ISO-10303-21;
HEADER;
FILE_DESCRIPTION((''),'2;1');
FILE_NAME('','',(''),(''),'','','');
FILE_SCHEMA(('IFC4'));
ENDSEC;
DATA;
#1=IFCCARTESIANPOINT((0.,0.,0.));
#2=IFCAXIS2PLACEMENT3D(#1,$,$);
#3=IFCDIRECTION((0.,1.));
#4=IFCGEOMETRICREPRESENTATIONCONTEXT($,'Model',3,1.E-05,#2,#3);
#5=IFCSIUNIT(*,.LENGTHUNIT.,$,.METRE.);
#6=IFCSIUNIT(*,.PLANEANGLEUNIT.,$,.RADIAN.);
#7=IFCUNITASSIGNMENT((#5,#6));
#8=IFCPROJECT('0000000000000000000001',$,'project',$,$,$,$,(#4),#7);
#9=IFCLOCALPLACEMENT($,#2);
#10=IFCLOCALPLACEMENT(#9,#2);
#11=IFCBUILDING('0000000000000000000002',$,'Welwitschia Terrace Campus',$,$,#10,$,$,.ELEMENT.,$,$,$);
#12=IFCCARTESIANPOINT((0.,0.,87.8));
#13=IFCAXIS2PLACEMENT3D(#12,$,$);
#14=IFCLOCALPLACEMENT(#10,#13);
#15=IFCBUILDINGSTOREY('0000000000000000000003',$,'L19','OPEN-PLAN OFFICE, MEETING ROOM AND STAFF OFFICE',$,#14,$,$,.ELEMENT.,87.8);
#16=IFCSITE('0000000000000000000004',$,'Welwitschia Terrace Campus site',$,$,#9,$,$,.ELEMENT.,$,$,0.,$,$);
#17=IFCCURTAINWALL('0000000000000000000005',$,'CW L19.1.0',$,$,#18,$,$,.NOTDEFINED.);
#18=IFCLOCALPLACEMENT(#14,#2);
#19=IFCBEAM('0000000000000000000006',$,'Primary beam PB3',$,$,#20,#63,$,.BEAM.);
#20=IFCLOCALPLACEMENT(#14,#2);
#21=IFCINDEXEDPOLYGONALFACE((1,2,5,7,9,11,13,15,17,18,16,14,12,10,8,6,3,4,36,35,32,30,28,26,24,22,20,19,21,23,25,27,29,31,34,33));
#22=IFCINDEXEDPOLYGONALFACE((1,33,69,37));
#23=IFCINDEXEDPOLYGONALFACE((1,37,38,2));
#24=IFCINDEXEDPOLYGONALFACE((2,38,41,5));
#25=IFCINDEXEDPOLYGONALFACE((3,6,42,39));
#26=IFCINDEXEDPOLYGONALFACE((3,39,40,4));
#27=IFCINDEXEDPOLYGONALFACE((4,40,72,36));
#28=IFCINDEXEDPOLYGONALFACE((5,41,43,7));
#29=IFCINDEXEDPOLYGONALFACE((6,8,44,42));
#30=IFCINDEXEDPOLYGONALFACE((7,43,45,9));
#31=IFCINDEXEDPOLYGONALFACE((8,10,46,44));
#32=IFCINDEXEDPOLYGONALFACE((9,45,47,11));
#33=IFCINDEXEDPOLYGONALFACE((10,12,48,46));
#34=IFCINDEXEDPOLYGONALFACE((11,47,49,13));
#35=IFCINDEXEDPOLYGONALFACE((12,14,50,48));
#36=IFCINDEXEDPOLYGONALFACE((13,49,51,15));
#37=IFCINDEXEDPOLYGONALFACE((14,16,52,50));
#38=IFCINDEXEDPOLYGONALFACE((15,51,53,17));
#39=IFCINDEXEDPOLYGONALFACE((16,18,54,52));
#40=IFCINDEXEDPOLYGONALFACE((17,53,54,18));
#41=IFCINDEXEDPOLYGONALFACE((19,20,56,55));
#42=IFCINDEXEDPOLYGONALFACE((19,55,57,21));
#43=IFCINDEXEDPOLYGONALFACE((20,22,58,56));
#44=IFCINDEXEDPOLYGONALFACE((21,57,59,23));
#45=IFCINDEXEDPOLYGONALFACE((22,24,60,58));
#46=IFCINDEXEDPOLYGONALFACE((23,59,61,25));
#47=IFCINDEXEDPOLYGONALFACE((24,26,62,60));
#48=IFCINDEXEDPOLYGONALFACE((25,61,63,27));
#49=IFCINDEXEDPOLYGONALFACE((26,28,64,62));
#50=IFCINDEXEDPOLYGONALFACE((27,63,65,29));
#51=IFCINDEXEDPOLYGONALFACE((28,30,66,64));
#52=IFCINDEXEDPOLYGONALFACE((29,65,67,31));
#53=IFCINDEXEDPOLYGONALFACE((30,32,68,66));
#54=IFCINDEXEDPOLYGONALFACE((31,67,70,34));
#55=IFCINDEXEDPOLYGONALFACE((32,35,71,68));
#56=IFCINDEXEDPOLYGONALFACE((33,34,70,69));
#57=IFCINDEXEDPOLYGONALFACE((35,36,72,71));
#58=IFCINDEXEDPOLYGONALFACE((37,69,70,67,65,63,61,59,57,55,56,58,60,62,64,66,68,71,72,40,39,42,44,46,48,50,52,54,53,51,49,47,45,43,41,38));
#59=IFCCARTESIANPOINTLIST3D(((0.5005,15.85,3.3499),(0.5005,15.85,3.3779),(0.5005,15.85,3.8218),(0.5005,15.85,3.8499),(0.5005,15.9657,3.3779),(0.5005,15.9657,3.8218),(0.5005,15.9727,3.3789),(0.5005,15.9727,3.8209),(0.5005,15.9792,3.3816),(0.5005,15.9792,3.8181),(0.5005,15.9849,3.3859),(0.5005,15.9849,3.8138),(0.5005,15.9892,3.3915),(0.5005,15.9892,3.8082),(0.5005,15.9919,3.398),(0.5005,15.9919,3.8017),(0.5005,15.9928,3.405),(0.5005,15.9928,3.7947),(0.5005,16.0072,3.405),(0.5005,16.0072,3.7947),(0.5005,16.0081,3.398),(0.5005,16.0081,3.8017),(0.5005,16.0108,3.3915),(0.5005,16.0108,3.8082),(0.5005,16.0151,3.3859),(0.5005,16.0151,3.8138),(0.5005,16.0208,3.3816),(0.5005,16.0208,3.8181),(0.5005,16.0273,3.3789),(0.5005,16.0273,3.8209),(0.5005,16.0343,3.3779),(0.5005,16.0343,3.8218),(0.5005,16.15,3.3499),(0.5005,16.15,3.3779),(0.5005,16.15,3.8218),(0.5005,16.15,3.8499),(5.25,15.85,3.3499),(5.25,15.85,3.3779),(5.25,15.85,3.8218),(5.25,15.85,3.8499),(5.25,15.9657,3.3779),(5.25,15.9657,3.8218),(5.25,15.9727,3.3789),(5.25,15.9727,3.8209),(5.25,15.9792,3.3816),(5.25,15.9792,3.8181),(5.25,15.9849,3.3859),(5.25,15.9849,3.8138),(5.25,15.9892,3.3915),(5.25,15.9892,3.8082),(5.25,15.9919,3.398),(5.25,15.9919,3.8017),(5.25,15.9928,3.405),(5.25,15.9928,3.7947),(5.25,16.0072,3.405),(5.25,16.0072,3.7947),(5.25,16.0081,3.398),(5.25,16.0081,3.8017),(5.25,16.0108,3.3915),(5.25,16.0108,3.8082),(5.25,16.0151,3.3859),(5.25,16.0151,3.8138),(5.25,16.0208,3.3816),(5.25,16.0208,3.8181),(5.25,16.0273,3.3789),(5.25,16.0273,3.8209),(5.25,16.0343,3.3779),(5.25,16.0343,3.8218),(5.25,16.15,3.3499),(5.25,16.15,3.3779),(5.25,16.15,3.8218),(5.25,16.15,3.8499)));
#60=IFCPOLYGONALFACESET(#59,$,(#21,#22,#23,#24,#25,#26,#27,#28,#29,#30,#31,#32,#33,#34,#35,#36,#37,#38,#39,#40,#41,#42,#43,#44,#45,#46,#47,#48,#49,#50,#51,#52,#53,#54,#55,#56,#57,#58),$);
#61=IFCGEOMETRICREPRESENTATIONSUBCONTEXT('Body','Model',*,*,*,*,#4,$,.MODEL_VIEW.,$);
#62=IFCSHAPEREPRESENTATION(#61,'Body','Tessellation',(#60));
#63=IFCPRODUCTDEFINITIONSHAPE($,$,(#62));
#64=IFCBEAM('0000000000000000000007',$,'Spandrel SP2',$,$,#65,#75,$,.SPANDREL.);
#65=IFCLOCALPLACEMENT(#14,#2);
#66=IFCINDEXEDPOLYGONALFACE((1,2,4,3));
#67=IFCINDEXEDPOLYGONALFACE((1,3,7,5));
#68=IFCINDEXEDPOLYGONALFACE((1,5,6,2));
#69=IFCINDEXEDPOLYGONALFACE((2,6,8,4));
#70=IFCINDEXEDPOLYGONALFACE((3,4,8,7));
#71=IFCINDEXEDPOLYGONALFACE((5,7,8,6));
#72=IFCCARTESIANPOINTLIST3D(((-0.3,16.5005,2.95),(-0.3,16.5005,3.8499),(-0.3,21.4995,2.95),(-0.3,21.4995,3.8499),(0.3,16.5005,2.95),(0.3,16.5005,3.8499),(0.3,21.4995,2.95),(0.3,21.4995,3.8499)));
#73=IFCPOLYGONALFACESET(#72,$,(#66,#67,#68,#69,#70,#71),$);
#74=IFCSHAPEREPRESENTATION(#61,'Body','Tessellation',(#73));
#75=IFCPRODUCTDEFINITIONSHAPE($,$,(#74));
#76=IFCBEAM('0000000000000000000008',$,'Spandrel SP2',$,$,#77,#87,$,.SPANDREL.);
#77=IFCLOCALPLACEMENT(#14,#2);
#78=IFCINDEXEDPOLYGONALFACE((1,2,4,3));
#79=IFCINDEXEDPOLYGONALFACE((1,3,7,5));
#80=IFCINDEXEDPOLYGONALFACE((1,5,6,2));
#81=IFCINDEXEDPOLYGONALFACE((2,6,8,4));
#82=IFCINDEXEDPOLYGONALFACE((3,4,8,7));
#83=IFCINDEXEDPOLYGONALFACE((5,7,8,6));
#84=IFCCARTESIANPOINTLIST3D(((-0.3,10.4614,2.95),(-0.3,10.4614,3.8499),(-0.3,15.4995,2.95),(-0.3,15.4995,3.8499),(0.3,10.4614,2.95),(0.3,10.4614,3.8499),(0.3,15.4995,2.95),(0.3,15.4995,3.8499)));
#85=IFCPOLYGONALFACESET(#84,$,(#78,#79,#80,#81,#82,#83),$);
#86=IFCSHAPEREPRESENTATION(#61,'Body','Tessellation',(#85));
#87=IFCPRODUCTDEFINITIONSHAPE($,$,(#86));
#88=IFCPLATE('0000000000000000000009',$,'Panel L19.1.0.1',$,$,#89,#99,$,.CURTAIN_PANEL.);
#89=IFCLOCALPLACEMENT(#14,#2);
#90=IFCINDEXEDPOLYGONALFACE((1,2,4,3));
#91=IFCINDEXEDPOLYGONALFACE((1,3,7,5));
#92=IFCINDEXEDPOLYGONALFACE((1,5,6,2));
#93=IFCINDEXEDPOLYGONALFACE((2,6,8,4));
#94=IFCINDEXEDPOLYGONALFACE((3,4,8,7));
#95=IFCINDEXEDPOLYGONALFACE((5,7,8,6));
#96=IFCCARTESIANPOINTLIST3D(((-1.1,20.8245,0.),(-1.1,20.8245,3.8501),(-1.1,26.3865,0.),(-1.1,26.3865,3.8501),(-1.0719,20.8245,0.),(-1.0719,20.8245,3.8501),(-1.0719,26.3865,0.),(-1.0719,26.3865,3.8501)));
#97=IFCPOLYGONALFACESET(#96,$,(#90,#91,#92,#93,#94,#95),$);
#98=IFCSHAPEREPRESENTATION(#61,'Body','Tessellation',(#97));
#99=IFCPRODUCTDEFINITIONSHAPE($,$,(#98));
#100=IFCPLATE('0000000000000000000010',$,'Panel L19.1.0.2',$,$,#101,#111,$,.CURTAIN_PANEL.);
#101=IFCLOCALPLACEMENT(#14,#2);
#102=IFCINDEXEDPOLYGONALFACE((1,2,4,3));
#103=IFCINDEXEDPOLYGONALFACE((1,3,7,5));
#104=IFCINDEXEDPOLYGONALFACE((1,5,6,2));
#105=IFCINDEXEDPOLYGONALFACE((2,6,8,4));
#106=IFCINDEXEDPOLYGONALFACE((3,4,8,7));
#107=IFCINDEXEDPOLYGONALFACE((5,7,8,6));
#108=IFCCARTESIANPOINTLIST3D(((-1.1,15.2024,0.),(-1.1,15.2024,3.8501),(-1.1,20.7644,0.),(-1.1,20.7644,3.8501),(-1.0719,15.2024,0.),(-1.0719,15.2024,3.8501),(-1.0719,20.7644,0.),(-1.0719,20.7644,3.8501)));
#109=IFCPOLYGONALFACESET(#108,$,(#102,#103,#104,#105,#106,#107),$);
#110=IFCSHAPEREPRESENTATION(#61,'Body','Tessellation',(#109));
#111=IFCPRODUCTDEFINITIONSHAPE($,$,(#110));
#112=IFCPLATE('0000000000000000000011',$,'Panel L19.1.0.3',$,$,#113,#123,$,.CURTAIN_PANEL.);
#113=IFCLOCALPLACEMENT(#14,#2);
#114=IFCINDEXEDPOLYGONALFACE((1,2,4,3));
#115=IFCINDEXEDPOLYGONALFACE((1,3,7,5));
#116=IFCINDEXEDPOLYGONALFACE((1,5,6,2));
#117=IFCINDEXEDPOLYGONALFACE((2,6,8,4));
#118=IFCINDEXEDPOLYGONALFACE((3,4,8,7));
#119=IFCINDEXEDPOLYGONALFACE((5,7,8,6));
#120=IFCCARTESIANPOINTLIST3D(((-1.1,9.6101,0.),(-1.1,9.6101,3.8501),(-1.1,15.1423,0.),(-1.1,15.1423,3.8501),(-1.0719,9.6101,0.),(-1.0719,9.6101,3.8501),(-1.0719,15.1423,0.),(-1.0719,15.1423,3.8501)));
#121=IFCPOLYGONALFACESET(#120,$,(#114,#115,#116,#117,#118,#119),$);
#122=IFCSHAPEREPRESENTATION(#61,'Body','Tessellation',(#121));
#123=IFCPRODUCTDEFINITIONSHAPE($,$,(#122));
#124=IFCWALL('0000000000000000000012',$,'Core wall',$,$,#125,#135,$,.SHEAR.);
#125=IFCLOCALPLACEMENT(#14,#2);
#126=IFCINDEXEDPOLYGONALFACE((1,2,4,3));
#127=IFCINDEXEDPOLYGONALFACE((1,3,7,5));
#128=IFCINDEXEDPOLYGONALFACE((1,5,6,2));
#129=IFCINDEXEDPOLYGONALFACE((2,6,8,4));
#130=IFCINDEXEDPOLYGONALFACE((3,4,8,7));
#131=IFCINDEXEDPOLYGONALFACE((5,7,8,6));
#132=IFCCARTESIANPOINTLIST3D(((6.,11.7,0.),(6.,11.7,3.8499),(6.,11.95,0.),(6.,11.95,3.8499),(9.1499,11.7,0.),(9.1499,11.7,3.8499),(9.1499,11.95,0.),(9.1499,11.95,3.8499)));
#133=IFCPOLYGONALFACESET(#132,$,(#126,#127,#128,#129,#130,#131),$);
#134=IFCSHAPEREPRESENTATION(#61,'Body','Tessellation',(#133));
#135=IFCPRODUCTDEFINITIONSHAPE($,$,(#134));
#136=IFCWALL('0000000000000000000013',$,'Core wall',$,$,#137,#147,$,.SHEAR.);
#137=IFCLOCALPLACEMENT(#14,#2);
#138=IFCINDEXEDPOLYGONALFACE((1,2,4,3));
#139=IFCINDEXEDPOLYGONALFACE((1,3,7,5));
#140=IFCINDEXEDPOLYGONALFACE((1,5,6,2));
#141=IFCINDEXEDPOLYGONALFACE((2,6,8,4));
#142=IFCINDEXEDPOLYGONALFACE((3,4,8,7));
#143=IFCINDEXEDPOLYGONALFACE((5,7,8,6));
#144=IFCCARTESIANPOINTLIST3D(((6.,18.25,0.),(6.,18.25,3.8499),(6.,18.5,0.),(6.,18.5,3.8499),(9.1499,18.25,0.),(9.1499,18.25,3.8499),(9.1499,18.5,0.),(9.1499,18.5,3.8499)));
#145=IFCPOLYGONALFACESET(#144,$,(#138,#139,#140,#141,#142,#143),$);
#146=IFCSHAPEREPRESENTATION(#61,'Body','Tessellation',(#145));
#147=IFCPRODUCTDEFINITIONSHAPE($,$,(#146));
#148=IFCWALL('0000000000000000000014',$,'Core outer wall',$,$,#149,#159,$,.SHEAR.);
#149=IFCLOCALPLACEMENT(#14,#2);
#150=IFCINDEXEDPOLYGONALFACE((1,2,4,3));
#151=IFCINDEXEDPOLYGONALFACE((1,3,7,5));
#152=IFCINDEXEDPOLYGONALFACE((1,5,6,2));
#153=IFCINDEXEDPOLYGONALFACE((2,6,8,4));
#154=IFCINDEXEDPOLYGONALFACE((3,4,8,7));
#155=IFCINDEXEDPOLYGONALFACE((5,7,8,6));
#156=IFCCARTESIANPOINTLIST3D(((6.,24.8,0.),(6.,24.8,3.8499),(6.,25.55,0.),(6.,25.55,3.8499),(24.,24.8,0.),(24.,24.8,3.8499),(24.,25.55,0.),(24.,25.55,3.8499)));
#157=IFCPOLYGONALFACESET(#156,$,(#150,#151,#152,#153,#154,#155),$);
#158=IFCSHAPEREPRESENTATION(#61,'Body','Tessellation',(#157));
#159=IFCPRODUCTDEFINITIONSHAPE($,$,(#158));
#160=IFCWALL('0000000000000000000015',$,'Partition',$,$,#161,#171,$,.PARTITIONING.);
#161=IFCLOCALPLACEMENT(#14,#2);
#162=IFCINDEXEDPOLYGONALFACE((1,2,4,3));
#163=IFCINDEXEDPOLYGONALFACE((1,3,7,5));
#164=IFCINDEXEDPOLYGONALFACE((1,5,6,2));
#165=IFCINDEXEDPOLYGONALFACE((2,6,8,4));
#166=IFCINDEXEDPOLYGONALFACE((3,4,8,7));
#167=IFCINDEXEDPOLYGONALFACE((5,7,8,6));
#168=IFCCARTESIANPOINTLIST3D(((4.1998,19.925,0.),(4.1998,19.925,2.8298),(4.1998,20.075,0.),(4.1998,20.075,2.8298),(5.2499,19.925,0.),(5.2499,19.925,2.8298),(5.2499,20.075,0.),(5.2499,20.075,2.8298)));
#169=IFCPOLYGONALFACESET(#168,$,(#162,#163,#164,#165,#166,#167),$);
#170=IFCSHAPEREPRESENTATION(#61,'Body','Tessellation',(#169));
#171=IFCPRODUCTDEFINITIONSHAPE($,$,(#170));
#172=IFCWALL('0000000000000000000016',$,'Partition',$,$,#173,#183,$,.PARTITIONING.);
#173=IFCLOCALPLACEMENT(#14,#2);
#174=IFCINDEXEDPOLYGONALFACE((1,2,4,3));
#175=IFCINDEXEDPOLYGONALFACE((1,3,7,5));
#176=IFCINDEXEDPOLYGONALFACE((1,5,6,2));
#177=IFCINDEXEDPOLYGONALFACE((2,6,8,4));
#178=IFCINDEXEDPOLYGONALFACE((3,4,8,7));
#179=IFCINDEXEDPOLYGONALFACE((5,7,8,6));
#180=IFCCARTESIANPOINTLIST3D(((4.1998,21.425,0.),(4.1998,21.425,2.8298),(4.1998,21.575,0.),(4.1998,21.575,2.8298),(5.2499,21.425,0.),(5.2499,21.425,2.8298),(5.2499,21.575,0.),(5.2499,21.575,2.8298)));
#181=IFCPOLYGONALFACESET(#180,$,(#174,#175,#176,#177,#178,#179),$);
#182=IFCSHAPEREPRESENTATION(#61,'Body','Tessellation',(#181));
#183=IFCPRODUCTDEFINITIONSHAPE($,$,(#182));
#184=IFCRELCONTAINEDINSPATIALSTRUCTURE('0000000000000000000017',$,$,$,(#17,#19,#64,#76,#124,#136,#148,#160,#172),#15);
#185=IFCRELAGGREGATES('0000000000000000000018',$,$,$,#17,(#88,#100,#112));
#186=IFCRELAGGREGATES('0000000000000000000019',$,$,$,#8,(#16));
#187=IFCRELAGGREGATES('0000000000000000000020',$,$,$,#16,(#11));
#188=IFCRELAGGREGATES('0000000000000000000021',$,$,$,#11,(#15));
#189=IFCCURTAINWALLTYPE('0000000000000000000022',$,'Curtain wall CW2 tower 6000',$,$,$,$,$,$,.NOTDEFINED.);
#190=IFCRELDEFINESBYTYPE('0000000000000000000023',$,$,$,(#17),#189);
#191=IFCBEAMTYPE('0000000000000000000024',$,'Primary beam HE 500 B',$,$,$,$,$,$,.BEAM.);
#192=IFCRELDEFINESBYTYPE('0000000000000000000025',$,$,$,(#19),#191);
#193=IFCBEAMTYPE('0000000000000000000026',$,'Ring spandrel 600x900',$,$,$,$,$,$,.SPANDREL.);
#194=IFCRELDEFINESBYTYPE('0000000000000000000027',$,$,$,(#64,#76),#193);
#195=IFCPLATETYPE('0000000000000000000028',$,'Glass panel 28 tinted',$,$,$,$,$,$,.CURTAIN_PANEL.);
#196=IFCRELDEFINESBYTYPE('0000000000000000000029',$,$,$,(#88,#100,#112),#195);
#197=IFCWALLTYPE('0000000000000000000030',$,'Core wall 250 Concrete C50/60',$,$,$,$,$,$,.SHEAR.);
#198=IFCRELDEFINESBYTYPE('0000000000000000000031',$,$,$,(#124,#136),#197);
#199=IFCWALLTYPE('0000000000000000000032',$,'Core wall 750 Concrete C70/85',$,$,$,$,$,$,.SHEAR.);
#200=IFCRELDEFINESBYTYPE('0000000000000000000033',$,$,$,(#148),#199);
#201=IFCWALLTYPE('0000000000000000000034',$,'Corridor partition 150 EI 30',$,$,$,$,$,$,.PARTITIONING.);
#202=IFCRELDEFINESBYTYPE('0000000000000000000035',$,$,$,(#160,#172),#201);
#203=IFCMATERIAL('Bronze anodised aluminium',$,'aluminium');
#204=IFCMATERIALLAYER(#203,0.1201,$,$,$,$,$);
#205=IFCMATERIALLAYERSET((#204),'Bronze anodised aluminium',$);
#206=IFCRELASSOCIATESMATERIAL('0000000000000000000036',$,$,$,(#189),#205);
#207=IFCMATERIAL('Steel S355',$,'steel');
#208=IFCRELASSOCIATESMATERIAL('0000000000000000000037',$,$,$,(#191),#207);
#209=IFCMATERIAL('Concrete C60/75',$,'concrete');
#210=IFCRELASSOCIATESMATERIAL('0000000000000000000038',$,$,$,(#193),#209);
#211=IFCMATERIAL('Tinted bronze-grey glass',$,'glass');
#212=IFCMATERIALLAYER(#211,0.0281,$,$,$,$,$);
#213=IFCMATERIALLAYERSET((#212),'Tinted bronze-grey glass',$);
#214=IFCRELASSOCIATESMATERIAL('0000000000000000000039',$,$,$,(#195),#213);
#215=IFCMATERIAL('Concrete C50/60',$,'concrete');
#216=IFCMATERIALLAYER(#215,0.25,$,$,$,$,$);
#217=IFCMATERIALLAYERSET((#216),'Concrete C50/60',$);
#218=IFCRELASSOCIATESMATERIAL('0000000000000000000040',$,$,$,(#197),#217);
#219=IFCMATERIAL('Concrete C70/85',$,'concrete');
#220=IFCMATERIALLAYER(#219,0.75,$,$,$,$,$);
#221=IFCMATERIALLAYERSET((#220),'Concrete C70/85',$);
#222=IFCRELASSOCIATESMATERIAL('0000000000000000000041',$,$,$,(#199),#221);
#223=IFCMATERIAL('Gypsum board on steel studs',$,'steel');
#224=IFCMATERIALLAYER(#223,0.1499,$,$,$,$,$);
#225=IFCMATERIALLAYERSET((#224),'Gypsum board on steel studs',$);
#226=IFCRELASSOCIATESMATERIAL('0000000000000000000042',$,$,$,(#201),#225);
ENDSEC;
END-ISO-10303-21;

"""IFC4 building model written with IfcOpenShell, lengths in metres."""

from ifc_helpers import new_model, si_unit, direction, frame, frame_2d, origin, origin_2d, place, context, subcontext, project, spatial, rectangle, i_section, extrude, material, layer, layer_set, material_profile, profile_set, type_object, element, aggregate, save


model = new_model("IFC4")

# Units and contexts
model_context = context("Model", 3, precision=1e-05, world=origin(), true_north=direction((0.0, 1.0)))
body_context = subcontext(model_context, "Body", "Model", "MODEL_VIEW")
ifc_project = project(units=[si_unit("LENGTHUNIT", "METRE"), si_unit("PLANEANGLEUNIT", "RADIAN")], contexts=[model_context])

# Site, building, storey
site_placement = place(None, origin())
site = spatial("IfcSite", under=ifc_project, at=site_placement, Name="Welwitschia Terrace Campus site", CompositionType="ELEMENT", RefElevation=0.0)
building_placement = place(site_placement, origin())
building = spatial("IfcBuilding", under=site, at=building_placement, Name="Welwitschia Terrace Campus", CompositionType="ELEMENT")
storey_placement = place(building_placement, frame((0.0, 0.0, 87.8)))
storey = spatial("IfcBuildingStorey", under=building, at=storey_placement, Name="L19", Description="OPEN-PLAN OFFICE, MEETING ROOM AND STAFF OFFICE", CompositionType="ELEMENT", Elevation=87.8)

# Curtain wall
ifc_material_1 = material(Name="Bronze anodised aluminium", Category="aluminium")
ifc_layer_1 = layer(ifc_material_1, 0.1201)
ifc_layer_set_1 = layer_set([ifc_layer_1], Name="Bronze anodised aluminium")
curtain_wall_type = type_object("IfcCurtainWallType", Name="Curtain wall CW2 tower 6000", PredefinedType="NOTDEFINED", material=ifc_layer_set_1)
curtain_wall_placement = place(storey_placement, origin())
curtain_wall = element("IfcCurtainWall", 1, at=curtain_wall_placement, inside=storey, type_object=curtain_wall_type, Name="CW L19.1.0", PredefinedType="NOTDEFINED")

# Beams
ifc_material_2 = material(Name="Steel S355", Category="steel")
ifc_material_profile_1 = material_profile(ifc_material_2, i_section(OverallWidth=0.3, OverallDepth=0.5, WebThickness=0.0144, FlangeThickness=0.0281, FilletRadius=0.0271, at=origin_2d()))
ifc_profile_set_1 = profile_set([ifc_material_profile_1], Name="Steel S355")
beam_type_1 = type_object("IfcBeamType", Name="Primary beam HE 500 B", PredefinedType="BEAM", material=ifc_profile_set_1)
beam_1_placement = place(storey_placement, frame((0.5005, 16.0, 3.5999), z_axis=(1.0, 0.0, 0.0), x_axis=(0.0, 1.0, 0.0)))
element("IfcBeam", 2, at=beam_1_placement, inside=storey, type_object=beam_type_1, Name="Primary beam PB3", PredefinedType="BEAM", context=body_context, shape_type="SweptSolid", body=[
    extrude(i_section(OverallWidth=0.3, OverallDepth=0.5, WebThickness=0.0144, FlangeThickness=0.0281, FilletRadius=0.0271, at=origin_2d()), origin(), (0.0, 0.0, 1.0), 4.7495),
])
ifc_material_3 = material(Name="Concrete C60/75", Category="concrete")
ifc_material_profile_2 = material_profile(ifc_material_3, rectangle(XDim=0.6001, YDim=0.8999, at=origin_2d()))
ifc_profile_set_2 = profile_set([ifc_material_profile_2], Name="Concrete C60/75")
beam_type_2 = type_object("IfcBeamType", Name="Ring spandrel 600x900", PredefinedType="SPANDREL", material=ifc_profile_set_2)
beam_2_placement = place(storey_placement, frame((0.0, 21.4995, 3.3999), z_axis=(0.0, -1.0, 0.0), x_axis=(1.0, 0.0, 0.0)))
element("IfcBeam", 3, at=beam_2_placement, inside=storey, type_object=beam_type_2, Name="Spandrel SP2", PredefinedType="SPANDREL", context=body_context, shape_type="SweptSolid", body=[
    extrude(rectangle(XDim=0.6001, YDim=0.8999, at=origin_2d()), origin(), (0.0, 0.0, 1.0), 4.999),
])
beam_3_placement = place(storey_placement, frame((0.0, 15.4995, 3.3999), z_axis=(0.0, -1.0, 0.0), x_axis=(1.0, 0.0, 0.0)))
element("IfcBeam", 4, at=beam_3_placement, inside=storey, type_object=beam_type_2, Name="Spandrel SP2", PredefinedType="SPANDREL", context=body_context, shape_type="SweptSolid", body=[
    extrude(rectangle(XDim=0.6001, YDim=0.8999, at=origin_2d()), origin(), (0.0, 0.0, 1.0), 5.0381),
])

# Plates
ifc_material_4 = material(Name="Tinted bronze-grey glass", Category="glass")
ifc_layer_2 = layer(ifc_material_4, 0.0281)
ifc_layer_set_2 = layer_set([ifc_layer_2], Name="Tinted bronze-grey glass")
plate_type = type_object("IfcPlateType", Name="Glass panel 28 tinted", PredefinedType="CURTAIN_PANEL", material=ifc_layer_set_2)
plate_1_placement = place(storey_placement, frame((-1.0859, 23.6055, 0.0), z_axis=(0.0, 0.0, 1.0), x_axis=(0.0, -1.0, 0.0)))
plate_1 = element("IfcPlate", 5, at=plate_1_placement, type_object=plate_type, Name="Panel L19.1.0.1", PredefinedType="CURTAIN_PANEL", context=body_context, shape_type="SweptSolid", body=[
    extrude(rectangle(XDim=5.562, YDim=0.0281, at=origin_2d()), origin(), (0.0, 0.0, 1.0), 3.8501),
])
plate_2_placement = place(storey_placement, frame((-1.0859, 17.9834, 0.0), z_axis=(0.0, 0.0, 1.0), x_axis=(0.0, -1.0, 0.0)))
plate_2 = element("IfcPlate", 6, at=plate_2_placement, type_object=plate_type, Name="Panel L19.1.0.2", PredefinedType="CURTAIN_PANEL", context=body_context, shape_type="SweptSolid", body=[
    extrude(rectangle(XDim=5.562, YDim=0.0281, at=origin_2d()), origin(), (0.0, 0.0, 1.0), 3.8501),
])
plate_3_placement = place(storey_placement, frame((-1.0859, 12.3762, 0.0), z_axis=(0.0, 0.0, 1.0), x_axis=(0.0, -1.0, 0.0)))
plate_3 = element("IfcPlate", 7, at=plate_3_placement, type_object=plate_type, Name="Panel L19.1.0.3", PredefinedType="CURTAIN_PANEL", context=body_context, shape_type="SweptSolid", body=[
    extrude(rectangle(XDim=5.5322, YDim=0.0281, at=origin_2d()), origin(), (0.0, 0.0, 1.0), 3.8501),
])
aggregate(curtain_wall, [plate_1, plate_2, plate_3])

# Walls
ifc_material_5 = material(Name="Concrete C50/60", Category="concrete")
ifc_layer_3 = layer(ifc_material_5, 0.25)
ifc_layer_set_3 = layer_set([ifc_layer_3], Name="Concrete C50/60")
wall_type_1 = type_object("IfcWallType", Name="Core wall 250 Concrete C50/60", PredefinedType="SHEAR", material=ifc_layer_set_3)
for number, where, z_axis, x_axis, name in (
    (8, (6.0, 11.825, 0.0), (0.0, 0.0, 1.0), (1.0, 0.0, 0.0), "Core wall"),
    (9, (6.0, 18.375, 0.0), (0.0, 0.0, 1.0), (1.0, 0.0, 0.0), "Core wall"),
):
    element("IfcWall", number, at=place(storey_placement, frame(where, z_axis=z_axis, x_axis=x_axis)), inside=storey, type_object=wall_type_1, Name=name, PredefinedType="SHEAR", context=body_context, shape_type="SweptSolid", body=[
        extrude(rectangle(XDim=3.1499, YDim=0.25, at=frame_2d((1.575, 0.0))), origin(), (0.0, 0.0, 1.0), 3.8499),
    ])
ifc_material_6 = material(Name="Concrete C70/85", Category="concrete")
ifc_layer_4 = layer(ifc_material_6, 0.75)
ifc_layer_set_4 = layer_set([ifc_layer_4], Name="Concrete C70/85")
wall_type_2 = type_object("IfcWallType", Name="Core wall 750 Concrete C70/85", PredefinedType="SHEAR", material=ifc_layer_set_4)
wall_placement = place(storey_placement, frame((6.0, 25.175, 0.0), z_axis=(0.0, 0.0, 1.0), x_axis=(1.0, 0.0, 0.0)))
element("IfcWall", 10, at=wall_placement, inside=storey, type_object=wall_type_2, Name="Core outer wall", PredefinedType="SHEAR", context=body_context, shape_type="SweptSolid", body=[
    extrude(rectangle(XDim=18.0, YDim=0.75, at=frame_2d((9.0, 0.0))), origin(), (0.0, 0.0, 1.0), 3.8499),
])
ifc_material_7 = material(Name="Gypsum board on steel studs", Category="steel")
ifc_layer_5 = layer(ifc_material_7, 0.1499)
ifc_layer_set_5 = layer_set([ifc_layer_5], Name="Gypsum board on steel studs")
wall_type_3 = type_object("IfcWallType", Name="Corridor partition 150 EI 30", PredefinedType="PARTITIONING", material=ifc_layer_set_5)
for number, where, z_axis, x_axis, name in (
    (11, (4.2, 20.0, 0.0), (0.0, 0.0, 1.0), (1.0, 0.0, 0.0), "Partition"),
    (12, (4.2, 21.5, 0.0), (0.0, 0.0, 1.0), (1.0, 0.0, 0.0), "Partition"),
):
    element("IfcWall", number, at=place(storey_placement, frame(where, z_axis=z_axis, x_axis=x_axis)), inside=storey, type_object=wall_type_3, Name=name, PredefinedType="PARTITIONING", context=body_context, shape_type="SweptSolid", body=[
        extrude(rectangle(XDim=1.05, YDim=0.1499, at=frame_2d((0.5249, 0.0))), origin(), (0.0, 0.0, 1.0), 2.8298),
    ])

save(model, "model.ifc")
